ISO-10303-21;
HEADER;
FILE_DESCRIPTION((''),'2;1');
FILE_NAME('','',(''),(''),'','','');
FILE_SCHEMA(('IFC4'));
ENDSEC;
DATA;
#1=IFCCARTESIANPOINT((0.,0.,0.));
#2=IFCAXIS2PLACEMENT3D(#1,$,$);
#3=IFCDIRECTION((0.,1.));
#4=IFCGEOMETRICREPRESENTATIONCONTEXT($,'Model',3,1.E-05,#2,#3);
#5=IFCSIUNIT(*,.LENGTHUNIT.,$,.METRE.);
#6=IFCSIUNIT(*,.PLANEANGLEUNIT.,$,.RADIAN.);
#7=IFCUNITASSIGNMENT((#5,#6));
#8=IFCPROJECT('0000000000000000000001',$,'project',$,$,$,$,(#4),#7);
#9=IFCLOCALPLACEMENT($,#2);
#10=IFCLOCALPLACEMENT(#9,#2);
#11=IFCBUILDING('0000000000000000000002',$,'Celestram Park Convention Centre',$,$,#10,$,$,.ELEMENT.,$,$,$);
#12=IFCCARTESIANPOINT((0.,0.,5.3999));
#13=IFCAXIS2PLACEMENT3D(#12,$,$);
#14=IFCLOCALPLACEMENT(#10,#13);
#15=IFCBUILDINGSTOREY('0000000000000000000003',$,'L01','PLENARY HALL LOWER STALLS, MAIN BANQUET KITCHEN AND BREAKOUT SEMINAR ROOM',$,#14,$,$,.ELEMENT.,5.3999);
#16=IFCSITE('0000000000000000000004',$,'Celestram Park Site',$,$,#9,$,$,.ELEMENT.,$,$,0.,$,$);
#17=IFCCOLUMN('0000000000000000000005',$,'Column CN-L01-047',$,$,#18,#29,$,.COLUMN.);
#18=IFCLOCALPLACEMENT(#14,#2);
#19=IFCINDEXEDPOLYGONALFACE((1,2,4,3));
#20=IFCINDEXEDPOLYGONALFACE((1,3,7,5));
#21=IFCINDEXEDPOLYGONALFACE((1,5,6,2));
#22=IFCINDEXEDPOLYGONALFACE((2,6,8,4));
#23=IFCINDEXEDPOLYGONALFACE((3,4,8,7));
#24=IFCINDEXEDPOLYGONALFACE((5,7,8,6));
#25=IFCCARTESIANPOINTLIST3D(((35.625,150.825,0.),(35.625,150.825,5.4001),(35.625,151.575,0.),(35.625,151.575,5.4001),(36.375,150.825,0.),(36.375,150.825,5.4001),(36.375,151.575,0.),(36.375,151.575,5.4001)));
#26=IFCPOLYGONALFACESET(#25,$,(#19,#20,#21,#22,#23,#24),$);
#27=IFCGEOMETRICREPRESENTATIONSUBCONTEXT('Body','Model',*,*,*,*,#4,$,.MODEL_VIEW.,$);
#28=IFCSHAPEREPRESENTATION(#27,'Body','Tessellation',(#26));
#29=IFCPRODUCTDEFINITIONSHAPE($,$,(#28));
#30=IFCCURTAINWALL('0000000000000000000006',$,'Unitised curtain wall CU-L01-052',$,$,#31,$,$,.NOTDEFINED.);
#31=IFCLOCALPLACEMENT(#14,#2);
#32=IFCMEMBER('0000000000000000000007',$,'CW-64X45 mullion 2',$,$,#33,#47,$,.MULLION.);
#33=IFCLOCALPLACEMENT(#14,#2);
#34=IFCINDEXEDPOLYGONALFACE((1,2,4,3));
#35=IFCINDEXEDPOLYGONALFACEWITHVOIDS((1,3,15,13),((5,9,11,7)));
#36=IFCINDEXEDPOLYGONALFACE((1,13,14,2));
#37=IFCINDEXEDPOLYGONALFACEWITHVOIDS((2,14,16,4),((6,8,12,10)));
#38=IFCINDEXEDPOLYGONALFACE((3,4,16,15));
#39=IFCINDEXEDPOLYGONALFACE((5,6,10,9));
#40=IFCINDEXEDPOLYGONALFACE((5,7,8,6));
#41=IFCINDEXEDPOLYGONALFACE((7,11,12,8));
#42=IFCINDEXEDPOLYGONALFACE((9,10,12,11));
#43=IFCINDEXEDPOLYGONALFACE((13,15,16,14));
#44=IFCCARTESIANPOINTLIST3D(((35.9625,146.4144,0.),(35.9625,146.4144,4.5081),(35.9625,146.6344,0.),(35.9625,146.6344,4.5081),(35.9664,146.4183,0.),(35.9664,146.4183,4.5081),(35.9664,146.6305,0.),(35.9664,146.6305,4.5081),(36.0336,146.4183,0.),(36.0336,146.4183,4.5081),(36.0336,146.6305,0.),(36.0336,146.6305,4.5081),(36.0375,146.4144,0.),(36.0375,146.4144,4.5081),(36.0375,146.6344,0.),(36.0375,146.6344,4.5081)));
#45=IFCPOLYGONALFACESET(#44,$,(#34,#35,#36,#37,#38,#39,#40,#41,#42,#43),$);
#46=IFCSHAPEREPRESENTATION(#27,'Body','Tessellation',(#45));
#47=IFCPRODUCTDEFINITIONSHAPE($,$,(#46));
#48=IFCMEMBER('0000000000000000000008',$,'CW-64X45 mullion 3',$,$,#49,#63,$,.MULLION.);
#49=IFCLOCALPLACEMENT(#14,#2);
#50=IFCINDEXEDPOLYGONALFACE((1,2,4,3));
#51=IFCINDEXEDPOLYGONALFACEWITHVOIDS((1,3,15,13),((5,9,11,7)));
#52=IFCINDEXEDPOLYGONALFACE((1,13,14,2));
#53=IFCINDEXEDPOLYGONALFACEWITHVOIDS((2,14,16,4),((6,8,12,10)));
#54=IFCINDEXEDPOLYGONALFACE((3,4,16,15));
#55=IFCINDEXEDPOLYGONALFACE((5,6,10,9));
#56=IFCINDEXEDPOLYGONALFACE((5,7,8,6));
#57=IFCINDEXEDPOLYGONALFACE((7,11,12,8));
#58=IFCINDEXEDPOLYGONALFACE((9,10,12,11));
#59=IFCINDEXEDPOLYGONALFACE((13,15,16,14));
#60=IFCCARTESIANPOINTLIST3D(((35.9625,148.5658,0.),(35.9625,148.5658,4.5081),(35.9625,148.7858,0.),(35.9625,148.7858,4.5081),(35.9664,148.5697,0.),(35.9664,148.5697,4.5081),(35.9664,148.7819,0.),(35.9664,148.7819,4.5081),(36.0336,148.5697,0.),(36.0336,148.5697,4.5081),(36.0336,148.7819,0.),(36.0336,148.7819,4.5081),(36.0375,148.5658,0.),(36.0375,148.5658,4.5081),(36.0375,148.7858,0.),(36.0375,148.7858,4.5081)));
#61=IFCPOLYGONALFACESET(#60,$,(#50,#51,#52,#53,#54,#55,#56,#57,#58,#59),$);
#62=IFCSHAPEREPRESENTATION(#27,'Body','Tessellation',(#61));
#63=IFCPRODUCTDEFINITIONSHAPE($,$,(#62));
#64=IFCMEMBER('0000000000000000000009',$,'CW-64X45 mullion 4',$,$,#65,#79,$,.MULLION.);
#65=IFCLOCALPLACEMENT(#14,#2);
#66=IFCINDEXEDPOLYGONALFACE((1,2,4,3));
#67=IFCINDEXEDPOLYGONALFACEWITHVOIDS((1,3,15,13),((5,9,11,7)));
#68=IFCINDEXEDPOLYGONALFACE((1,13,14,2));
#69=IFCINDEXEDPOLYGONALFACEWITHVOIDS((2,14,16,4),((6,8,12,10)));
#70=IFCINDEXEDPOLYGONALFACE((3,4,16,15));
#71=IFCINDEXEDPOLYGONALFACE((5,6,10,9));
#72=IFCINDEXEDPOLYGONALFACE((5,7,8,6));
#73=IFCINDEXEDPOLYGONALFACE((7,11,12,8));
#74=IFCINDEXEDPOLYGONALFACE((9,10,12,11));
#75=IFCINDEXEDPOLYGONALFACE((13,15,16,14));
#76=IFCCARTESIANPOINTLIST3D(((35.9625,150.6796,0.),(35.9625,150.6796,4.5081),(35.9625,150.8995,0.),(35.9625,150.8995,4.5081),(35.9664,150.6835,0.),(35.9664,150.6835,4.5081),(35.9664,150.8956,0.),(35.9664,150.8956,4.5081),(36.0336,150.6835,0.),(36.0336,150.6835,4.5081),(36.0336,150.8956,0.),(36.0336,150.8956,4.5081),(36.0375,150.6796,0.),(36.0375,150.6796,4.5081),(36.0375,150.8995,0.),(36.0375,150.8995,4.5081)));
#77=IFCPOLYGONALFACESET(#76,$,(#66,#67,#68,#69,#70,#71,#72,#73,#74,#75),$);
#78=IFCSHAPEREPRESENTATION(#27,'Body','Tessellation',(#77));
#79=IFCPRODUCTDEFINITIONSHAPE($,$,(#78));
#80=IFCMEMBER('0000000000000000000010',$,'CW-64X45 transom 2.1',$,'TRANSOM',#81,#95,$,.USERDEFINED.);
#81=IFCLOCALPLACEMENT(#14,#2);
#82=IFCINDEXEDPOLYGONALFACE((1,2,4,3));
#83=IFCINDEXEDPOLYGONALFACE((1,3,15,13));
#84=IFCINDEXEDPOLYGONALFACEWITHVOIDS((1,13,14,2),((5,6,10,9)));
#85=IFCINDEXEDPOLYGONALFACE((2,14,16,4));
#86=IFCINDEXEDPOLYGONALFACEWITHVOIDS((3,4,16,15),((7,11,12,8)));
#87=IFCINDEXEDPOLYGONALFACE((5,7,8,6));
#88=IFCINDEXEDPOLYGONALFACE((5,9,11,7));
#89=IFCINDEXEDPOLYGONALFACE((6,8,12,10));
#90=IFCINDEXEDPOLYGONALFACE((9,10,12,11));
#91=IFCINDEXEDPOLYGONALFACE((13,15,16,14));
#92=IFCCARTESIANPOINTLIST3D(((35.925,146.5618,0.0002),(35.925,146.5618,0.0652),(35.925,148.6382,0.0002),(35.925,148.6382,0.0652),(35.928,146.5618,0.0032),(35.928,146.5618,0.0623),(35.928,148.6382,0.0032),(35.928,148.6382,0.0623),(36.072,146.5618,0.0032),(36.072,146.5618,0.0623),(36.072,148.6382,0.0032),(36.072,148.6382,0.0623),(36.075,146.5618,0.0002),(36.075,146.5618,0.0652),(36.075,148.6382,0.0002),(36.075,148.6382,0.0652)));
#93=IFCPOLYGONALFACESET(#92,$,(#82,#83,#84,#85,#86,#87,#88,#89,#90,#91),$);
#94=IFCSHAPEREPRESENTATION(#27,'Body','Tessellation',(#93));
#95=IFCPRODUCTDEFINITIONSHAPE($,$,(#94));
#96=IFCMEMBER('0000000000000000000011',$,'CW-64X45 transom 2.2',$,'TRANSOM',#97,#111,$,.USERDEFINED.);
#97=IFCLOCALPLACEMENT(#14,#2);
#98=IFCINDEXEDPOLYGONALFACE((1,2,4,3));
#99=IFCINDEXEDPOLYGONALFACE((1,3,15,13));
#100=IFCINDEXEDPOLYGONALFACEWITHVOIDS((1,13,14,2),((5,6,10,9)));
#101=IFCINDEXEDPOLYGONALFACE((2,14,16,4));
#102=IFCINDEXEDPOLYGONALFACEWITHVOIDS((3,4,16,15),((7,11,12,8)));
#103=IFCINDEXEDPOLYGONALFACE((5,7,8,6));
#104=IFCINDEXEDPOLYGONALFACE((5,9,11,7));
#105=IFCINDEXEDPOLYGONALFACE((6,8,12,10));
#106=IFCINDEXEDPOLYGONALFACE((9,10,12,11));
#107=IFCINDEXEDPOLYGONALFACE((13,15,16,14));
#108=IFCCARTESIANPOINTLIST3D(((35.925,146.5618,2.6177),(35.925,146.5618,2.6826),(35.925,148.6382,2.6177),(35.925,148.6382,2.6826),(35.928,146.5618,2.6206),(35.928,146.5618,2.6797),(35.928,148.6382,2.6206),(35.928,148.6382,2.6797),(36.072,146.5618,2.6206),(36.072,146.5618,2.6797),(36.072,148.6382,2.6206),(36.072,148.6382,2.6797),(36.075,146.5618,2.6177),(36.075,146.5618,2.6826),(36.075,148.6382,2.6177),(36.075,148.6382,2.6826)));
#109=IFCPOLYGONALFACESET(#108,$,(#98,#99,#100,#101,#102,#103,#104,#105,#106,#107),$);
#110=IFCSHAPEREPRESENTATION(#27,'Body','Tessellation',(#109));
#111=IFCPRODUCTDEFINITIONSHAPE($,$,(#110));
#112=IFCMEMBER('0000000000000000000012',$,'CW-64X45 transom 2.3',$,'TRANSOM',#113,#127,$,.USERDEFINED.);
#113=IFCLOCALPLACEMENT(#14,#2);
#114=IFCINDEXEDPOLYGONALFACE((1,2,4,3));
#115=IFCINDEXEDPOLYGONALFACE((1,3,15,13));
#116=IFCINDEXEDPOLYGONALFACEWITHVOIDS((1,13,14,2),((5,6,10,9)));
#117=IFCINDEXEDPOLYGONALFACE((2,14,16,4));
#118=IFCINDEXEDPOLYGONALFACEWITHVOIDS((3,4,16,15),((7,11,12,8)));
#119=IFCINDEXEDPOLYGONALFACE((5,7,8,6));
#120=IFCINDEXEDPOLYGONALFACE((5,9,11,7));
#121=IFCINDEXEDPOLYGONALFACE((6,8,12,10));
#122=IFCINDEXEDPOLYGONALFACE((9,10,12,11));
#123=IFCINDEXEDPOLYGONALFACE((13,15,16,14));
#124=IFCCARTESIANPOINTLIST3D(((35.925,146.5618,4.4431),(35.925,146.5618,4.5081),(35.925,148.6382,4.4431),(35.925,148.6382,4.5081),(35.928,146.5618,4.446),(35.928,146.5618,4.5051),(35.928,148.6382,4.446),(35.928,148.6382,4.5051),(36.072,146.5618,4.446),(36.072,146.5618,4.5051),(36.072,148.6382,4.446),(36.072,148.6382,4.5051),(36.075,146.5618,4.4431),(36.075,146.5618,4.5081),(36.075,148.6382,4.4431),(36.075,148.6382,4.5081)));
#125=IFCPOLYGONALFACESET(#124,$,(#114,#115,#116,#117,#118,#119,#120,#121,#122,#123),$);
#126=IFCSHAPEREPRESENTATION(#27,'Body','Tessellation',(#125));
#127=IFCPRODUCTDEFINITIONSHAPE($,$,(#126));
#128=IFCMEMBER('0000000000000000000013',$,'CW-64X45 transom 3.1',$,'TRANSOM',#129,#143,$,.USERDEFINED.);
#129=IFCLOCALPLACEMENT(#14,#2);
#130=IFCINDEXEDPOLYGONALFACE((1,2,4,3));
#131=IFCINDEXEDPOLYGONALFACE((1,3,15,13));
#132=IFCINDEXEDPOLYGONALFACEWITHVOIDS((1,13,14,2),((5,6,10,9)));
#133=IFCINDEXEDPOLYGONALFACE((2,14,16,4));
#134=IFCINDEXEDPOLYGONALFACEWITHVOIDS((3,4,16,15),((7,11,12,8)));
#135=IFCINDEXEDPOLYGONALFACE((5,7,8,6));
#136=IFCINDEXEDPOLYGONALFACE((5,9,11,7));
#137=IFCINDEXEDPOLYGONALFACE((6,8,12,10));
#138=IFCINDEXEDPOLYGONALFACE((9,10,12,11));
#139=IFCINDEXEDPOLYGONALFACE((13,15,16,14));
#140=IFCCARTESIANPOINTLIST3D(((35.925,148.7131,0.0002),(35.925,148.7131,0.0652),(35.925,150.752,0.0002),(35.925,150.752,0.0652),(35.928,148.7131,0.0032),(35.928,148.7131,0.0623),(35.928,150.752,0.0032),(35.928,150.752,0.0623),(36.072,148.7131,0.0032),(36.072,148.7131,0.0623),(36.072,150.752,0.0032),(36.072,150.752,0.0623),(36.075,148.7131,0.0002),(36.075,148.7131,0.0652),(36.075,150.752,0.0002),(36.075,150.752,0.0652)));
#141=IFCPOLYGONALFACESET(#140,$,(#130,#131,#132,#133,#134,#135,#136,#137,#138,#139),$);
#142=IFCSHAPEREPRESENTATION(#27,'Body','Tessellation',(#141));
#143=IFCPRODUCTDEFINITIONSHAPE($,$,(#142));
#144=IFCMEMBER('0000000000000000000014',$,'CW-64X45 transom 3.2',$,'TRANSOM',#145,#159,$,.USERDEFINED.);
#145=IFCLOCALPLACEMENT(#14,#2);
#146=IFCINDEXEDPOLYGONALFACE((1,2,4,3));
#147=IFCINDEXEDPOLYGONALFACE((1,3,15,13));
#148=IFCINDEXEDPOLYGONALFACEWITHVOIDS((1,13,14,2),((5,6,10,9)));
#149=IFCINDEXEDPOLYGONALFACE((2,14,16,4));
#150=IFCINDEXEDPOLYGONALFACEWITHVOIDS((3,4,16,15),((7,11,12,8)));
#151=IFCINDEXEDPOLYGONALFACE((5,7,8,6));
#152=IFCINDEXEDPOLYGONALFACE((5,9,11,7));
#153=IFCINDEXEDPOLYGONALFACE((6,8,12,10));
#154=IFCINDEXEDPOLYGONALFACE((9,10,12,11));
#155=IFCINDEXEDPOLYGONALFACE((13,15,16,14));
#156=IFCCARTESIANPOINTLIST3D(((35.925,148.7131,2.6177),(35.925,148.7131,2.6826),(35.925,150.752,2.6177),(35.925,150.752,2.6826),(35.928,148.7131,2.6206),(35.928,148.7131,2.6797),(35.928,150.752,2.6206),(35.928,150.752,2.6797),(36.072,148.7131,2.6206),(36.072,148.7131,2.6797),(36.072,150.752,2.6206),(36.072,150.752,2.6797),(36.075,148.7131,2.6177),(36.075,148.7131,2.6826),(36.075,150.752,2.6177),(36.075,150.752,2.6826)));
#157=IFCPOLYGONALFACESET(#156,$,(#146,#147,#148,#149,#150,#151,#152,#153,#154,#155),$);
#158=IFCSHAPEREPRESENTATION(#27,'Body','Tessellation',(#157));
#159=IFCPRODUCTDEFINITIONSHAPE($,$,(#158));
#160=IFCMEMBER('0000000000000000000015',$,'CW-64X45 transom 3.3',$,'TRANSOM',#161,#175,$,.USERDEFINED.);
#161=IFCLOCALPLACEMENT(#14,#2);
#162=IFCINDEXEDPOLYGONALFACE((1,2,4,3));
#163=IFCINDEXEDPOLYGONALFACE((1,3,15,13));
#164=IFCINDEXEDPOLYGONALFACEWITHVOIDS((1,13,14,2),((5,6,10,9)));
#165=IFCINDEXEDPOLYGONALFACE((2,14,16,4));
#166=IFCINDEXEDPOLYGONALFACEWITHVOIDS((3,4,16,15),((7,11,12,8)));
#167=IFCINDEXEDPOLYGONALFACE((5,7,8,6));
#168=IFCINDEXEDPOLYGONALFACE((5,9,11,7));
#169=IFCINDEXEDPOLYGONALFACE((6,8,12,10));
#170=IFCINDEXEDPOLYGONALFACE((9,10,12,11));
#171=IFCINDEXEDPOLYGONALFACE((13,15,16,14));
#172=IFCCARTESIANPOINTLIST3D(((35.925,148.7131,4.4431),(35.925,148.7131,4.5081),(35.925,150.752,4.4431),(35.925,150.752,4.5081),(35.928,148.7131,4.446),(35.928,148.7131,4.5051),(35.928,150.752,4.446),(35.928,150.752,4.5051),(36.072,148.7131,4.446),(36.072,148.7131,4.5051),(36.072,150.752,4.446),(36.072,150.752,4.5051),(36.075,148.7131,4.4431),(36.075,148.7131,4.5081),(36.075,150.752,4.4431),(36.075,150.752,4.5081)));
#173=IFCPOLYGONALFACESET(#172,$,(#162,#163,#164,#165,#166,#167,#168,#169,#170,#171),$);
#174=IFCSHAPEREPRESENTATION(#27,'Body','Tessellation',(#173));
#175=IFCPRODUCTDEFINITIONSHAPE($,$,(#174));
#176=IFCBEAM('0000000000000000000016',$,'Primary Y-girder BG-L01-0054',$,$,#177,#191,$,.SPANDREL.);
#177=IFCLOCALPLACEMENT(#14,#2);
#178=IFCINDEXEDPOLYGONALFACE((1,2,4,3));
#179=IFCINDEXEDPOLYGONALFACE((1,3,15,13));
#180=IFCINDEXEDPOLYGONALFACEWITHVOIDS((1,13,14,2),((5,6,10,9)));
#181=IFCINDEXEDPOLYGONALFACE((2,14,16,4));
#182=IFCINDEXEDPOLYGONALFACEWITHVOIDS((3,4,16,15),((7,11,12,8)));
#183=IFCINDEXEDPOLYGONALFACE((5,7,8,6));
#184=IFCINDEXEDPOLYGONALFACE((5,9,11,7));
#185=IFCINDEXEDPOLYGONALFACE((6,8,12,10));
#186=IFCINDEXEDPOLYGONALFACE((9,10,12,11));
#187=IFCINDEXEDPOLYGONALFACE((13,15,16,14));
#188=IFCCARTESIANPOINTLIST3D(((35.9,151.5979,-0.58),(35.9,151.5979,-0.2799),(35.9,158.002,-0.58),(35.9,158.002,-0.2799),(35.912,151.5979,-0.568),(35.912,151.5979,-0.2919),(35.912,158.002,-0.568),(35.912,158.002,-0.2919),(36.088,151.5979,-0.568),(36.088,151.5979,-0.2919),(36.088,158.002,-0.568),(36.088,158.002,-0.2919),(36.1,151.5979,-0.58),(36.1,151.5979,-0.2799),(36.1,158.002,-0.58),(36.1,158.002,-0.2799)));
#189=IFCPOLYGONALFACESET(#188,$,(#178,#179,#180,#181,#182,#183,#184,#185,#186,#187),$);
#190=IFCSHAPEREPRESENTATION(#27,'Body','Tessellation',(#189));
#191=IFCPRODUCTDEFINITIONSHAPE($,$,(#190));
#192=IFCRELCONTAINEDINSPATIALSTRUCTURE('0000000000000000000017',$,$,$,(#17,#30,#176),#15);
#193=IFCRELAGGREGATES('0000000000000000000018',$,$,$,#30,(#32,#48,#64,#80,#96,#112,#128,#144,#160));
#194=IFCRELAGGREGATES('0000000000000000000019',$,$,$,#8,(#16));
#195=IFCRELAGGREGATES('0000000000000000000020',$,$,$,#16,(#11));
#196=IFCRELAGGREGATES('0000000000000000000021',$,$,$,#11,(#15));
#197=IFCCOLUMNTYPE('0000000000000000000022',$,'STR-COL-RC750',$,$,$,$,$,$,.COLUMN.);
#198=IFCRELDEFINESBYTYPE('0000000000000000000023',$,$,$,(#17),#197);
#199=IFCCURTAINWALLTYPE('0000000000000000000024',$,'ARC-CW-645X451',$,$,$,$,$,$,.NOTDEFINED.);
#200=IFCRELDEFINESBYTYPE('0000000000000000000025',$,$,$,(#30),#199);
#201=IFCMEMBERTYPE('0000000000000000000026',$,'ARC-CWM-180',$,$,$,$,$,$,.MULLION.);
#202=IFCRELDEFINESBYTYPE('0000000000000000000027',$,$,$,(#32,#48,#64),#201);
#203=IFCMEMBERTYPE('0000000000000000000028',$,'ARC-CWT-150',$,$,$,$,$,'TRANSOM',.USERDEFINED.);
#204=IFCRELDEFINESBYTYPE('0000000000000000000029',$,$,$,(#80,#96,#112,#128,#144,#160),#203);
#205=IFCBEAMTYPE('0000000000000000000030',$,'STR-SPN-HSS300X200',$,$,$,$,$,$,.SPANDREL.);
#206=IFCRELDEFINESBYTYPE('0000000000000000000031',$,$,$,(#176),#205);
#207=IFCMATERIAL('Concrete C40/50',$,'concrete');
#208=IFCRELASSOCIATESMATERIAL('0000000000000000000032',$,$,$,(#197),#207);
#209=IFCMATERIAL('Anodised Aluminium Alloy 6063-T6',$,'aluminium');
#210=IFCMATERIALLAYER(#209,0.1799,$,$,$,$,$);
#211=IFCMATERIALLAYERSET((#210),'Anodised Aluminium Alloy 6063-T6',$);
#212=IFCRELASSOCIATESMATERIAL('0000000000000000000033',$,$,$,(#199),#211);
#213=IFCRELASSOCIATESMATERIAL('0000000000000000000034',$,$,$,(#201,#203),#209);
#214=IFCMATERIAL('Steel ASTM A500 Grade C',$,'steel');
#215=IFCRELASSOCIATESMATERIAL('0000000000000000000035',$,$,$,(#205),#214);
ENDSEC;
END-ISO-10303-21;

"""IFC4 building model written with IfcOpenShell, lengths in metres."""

from ifc_helpers import new_model, si_unit, direction, frame, origin, origin_2d, place, context, subcontext, project, spatial, rectangle, hollow_rectangle, extrude, material, layer, layer_set, material_profile, profile_set, type_object, element, aggregate, save


model = new_model("IFC4")

# Units and contexts
model_context = context("Model", 3, precision=1e-05, world=origin(), true_north=direction((0.0, 1.0)))
body_context = subcontext(model_context, "Body", "Model", "MODEL_VIEW")
ifc_project = project(units=[si_unit("LENGTHUNIT", "METRE"), si_unit("PLANEANGLEUNIT", "RADIAN")], contexts=[model_context])

# Site, building, storey
site_placement = place(None, origin())
site = spatial("IfcSite", under=ifc_project, at=site_placement, Name="Celestram Park Site", CompositionType="ELEMENT", RefElevation=0.0)
building_placement = place(site_placement, origin())
building = spatial("IfcBuilding", under=site, at=building_placement, Name="Celestram Park Convention Centre", CompositionType="ELEMENT")
storey_placement = place(building_placement, frame((0.0, 0.0, 5.3999)))
storey = spatial("IfcBuildingStorey", under=building, at=storey_placement, Name="L01", Description="PLENARY HALL LOWER STALLS, MAIN BANQUET KITCHEN AND BREAKOUT SEMINAR ROOM", CompositionType="ELEMENT", Elevation=5.3999)

# Column
ifc_material_1 = material(Name="Concrete C40/50", Category="concrete")
ifc_material_profile_1 = material_profile(ifc_material_1, rectangle(XDim=0.75, YDim=0.75, at=origin_2d()), Name="RC750X750")
ifc_profile_set_1 = profile_set([ifc_material_profile_1], Name="Concrete C40/50")
column_type = type_object("IfcColumnType", Name="STR-COL-RC750", PredefinedType="COLUMN", material=ifc_profile_set_1)
column_placement = place(storey_placement, frame((36.0, 151.2, 0.0), z_axis=(0.0, 0.0, 1.0), x_axis=(1.0, 0.0, 0.0)))
element("IfcColumn", 1, at=column_placement, inside=storey, type_object=column_type, Name="Column CN-L01-047", PredefinedType="COLUMN", context=body_context, shape_type="SweptSolid", body=[
    extrude(rectangle(XDim=0.75, YDim=0.75, at=origin_2d()), origin(), (0.0, 0.0, 1.0), 5.4001),
])

# Curtain wall, members
ifc_material_2 = material(Name="Anodised Aluminium Alloy 6063-T6", Category="aluminium")
ifc_layer_1 = layer(ifc_material_2, 0.1799)
ifc_layer_set_1 = layer_set([ifc_layer_1], Name="Anodised Aluminium Alloy 6063-T6")
curtain_wall_type = type_object("IfcCurtainWallType", Name="ARC-CW-645X451", PredefinedType="NOTDEFINED", material=ifc_layer_set_1)
curtain_wall_placement = place(storey_placement, origin())
curtain_wall = element("IfcCurtainWall", 2, at=curtain_wall_placement, inside=storey, type_object=curtain_wall_type, Name="Unitised curtain wall CU-L01-052", PredefinedType="NOTDEFINED")
ifc_material_profile_2 = material_profile(ifc_material_2, hollow_rectangle(XDim=0.075, YDim=0.22, WallThickness=0.0039, at=origin_2d()), Name="ALU75X220X4")
ifc_profile_set_2 = profile_set([ifc_material_profile_2], Name="Anodised Aluminium Alloy 6063-T6")
member_type_1 = type_object("IfcMemberType", Name="ARC-CWM-180", PredefinedType="MULLION", material=ifc_profile_set_2)
member_1_placement = place(storey_placement, frame((36.0, 146.5244, 0.0), z_axis=(0.0, 0.0, 1.0), x_axis=(-1.0, 0.0, 0.0)))
member_1 = element("IfcMember", 3, at=member_1_placement, type_object=member_type_1, Name="CW-64X45 mullion 2", PredefinedType="MULLION", context=body_context, shape_type="SweptSolid", body=[
    extrude(hollow_rectangle(XDim=0.075, YDim=0.22, WallThickness=0.0039, at=origin_2d()), origin(), (0.0, 0.0, 1.0), 4.5081),
])
member_2_placement = place(storey_placement, frame((36.0, 148.6758, 0.0), z_axis=(0.0, 0.0, 1.0), x_axis=(-1.0, 0.0, 0.0)))
member_2 = element("IfcMember", 4, at=member_2_placement, type_object=member_type_1, Name="CW-64X45 mullion 3", PredefinedType="MULLION", context=body_context, shape_type="SweptSolid", body=[
    extrude(hollow_rectangle(XDim=0.075, YDim=0.22, WallThickness=0.0039, at=origin_2d()), origin(), (0.0, 0.0, 1.0), 4.5081),
])
member_3_placement = place(storey_placement, frame((36.0, 150.7896, 0.0), z_axis=(0.0, 0.0, 1.0), x_axis=(-1.0, 0.0, 0.0)))
member_3 = element("IfcMember", 5, at=member_3_placement, type_object=member_type_1, Name="CW-64X45 mullion 4", PredefinedType="MULLION", context=body_context, shape_type="SweptSolid", body=[
    extrude(hollow_rectangle(XDim=0.075, YDim=0.22, WallThickness=0.0039, at=origin_2d()), origin(), (0.0, 0.0, 1.0), 4.5081),
])
ifc_material_profile_3 = material_profile(ifc_material_2, hollow_rectangle(XDim=0.1499, YDim=0.0649, WallThickness=0.0029, at=origin_2d()), Name="ALU150X65X3")
ifc_profile_set_3 = profile_set([ifc_material_profile_3], Name="Anodised Aluminium Alloy 6063-T6")
member_type_2 = type_object("IfcMemberType", Name="ARC-CWT-150", ElementType="TRANSOM", PredefinedType="USERDEFINED", material=ifc_profile_set_3)
member_4_placement = place(storey_placement, frame((36.0, 146.5618, 0.0327), z_axis=(0.0, 1.0, 0.0), x_axis=(-1.0, 0.0, 0.0)))
member_4 = element("IfcMember", 6, at=member_4_placement, type_object=member_type_2, Name="CW-64X45 transom 2.1", ObjectType="TRANSOM", PredefinedType="USERDEFINED", context=body_context, shape_type="SweptSolid", body=[
    extrude(hollow_rectangle(XDim=0.1499, YDim=0.0649, WallThickness=0.0029, at=origin_2d()), origin(), (0.0, 0.0, 1.0), 2.0764),
])
member_5_placement = place(storey_placement, frame((36.0, 146.5618, 2.6501), z_axis=(0.0, 1.0, 0.0), x_axis=(-1.0, 0.0, 0.0)))
member_5 = element("IfcMember", 7, at=member_5_placement, type_object=member_type_2, Name="CW-64X45 transom 2.2", ObjectType="TRANSOM", PredefinedType="USERDEFINED", context=body_context, shape_type="SweptSolid", body=[
    extrude(hollow_rectangle(XDim=0.1499, YDim=0.0649, WallThickness=0.0029, at=origin_2d()), origin(), (0.0, 0.0, 1.0), 2.0764),
])
member_6_placement = place(storey_placement, frame((36.0, 146.5618, 4.4756), z_axis=(0.0, 1.0, 0.0), x_axis=(-1.0, 0.0, 0.0)))
member_6 = element("IfcMember", 8, at=member_6_placement, type_object=member_type_2, Name="CW-64X45 transom 2.3", ObjectType="TRANSOM", PredefinedType="USERDEFINED", context=body_context, shape_type="SweptSolid", body=[
    extrude(hollow_rectangle(XDim=0.1499, YDim=0.0649, WallThickness=0.0029, at=origin_2d()), origin(), (0.0, 0.0, 1.0), 2.0764),
])
member_7_placement = place(storey_placement, frame((36.0, 148.7131, 0.0327), z_axis=(0.0, 1.0, 0.0), x_axis=(-1.0, 0.0, 0.0)))
member_7 = element("IfcMember", 9, at=member_7_placement, type_object=member_type_2, Name="CW-64X45 transom 3.1", ObjectType="TRANSOM", PredefinedType="USERDEFINED", context=body_context, shape_type="SweptSolid", body=[
    extrude(hollow_rectangle(XDim=0.1499, YDim=0.0649, WallThickness=0.0029, at=origin_2d()), origin(), (0.0, 0.0, 1.0), 2.0388),
])
member_8_placement = place(storey_placement, frame((36.0, 148.7131, 2.6501), z_axis=(0.0, 1.0, 0.0), x_axis=(-1.0, 0.0, 0.0)))
member_8 = element("IfcMember", 10, at=member_8_placement, type_object=member_type_2, Name="CW-64X45 transom 3.2", ObjectType="TRANSOM", PredefinedType="USERDEFINED", context=body_context, shape_type="SweptSolid", body=[
    extrude(hollow_rectangle(XDim=0.1499, YDim=0.0649, WallThickness=0.0029, at=origin_2d()), origin(), (0.0, 0.0, 1.0), 2.0388),
])
member_9_placement = place(storey_placement, frame((36.0, 148.7131, 4.4756), z_axis=(0.0, 1.0, 0.0), x_axis=(-1.0, 0.0, 0.0)))
member_9 = element("IfcMember", 11, at=member_9_placement, type_object=member_type_2, Name="CW-64X45 transom 3.3", ObjectType="TRANSOM", PredefinedType="USERDEFINED", context=body_context, shape_type="SweptSolid", body=[
    extrude(hollow_rectangle(XDim=0.1499, YDim=0.0649, WallThickness=0.0029, at=origin_2d()), origin(), (0.0, 0.0, 1.0), 2.0388),
])

# Beam
ifc_material_3 = material(Name="Steel ASTM A500 Grade C", Category="steel")
ifc_material_profile_4 = material_profile(ifc_material_3, hollow_rectangle(XDim=0.2, YDim=0.3, WallThickness=0.012, at=origin_2d()), Name="HSS300X200X12")
ifc_profile_set_4 = profile_set([ifc_material_profile_4], Name="Steel ASTM A500 Grade C")
beam_type = type_object("IfcBeamType", Name="STR-SPN-HSS300X200", PredefinedType="SPANDREL", material=ifc_profile_set_4)
beam_placement = place(storey_placement, frame((36.0, 151.5979, -0.4299), z_axis=(0.0, 1.0, 0.0), x_axis=(-1.0, 0.0, 0.0)))
element("IfcBeam", 12, at=beam_placement, inside=storey, type_object=beam_type, Name="Primary Y-girder BG-L01-0054", PredefinedType="SPANDREL", context=body_context, shape_type="SweptSolid", body=[
    extrude(hollow_rectangle(XDim=0.2, YDim=0.3, WallThickness=0.012, at=origin_2d()), origin(), (0.0, 0.0, 1.0), 6.4041),
])

aggregate(curtain_wall, [member_1, member_2, member_3, member_4, member_5, member_6, member_7, member_8, member_9])

save(model, "model.ifc")
